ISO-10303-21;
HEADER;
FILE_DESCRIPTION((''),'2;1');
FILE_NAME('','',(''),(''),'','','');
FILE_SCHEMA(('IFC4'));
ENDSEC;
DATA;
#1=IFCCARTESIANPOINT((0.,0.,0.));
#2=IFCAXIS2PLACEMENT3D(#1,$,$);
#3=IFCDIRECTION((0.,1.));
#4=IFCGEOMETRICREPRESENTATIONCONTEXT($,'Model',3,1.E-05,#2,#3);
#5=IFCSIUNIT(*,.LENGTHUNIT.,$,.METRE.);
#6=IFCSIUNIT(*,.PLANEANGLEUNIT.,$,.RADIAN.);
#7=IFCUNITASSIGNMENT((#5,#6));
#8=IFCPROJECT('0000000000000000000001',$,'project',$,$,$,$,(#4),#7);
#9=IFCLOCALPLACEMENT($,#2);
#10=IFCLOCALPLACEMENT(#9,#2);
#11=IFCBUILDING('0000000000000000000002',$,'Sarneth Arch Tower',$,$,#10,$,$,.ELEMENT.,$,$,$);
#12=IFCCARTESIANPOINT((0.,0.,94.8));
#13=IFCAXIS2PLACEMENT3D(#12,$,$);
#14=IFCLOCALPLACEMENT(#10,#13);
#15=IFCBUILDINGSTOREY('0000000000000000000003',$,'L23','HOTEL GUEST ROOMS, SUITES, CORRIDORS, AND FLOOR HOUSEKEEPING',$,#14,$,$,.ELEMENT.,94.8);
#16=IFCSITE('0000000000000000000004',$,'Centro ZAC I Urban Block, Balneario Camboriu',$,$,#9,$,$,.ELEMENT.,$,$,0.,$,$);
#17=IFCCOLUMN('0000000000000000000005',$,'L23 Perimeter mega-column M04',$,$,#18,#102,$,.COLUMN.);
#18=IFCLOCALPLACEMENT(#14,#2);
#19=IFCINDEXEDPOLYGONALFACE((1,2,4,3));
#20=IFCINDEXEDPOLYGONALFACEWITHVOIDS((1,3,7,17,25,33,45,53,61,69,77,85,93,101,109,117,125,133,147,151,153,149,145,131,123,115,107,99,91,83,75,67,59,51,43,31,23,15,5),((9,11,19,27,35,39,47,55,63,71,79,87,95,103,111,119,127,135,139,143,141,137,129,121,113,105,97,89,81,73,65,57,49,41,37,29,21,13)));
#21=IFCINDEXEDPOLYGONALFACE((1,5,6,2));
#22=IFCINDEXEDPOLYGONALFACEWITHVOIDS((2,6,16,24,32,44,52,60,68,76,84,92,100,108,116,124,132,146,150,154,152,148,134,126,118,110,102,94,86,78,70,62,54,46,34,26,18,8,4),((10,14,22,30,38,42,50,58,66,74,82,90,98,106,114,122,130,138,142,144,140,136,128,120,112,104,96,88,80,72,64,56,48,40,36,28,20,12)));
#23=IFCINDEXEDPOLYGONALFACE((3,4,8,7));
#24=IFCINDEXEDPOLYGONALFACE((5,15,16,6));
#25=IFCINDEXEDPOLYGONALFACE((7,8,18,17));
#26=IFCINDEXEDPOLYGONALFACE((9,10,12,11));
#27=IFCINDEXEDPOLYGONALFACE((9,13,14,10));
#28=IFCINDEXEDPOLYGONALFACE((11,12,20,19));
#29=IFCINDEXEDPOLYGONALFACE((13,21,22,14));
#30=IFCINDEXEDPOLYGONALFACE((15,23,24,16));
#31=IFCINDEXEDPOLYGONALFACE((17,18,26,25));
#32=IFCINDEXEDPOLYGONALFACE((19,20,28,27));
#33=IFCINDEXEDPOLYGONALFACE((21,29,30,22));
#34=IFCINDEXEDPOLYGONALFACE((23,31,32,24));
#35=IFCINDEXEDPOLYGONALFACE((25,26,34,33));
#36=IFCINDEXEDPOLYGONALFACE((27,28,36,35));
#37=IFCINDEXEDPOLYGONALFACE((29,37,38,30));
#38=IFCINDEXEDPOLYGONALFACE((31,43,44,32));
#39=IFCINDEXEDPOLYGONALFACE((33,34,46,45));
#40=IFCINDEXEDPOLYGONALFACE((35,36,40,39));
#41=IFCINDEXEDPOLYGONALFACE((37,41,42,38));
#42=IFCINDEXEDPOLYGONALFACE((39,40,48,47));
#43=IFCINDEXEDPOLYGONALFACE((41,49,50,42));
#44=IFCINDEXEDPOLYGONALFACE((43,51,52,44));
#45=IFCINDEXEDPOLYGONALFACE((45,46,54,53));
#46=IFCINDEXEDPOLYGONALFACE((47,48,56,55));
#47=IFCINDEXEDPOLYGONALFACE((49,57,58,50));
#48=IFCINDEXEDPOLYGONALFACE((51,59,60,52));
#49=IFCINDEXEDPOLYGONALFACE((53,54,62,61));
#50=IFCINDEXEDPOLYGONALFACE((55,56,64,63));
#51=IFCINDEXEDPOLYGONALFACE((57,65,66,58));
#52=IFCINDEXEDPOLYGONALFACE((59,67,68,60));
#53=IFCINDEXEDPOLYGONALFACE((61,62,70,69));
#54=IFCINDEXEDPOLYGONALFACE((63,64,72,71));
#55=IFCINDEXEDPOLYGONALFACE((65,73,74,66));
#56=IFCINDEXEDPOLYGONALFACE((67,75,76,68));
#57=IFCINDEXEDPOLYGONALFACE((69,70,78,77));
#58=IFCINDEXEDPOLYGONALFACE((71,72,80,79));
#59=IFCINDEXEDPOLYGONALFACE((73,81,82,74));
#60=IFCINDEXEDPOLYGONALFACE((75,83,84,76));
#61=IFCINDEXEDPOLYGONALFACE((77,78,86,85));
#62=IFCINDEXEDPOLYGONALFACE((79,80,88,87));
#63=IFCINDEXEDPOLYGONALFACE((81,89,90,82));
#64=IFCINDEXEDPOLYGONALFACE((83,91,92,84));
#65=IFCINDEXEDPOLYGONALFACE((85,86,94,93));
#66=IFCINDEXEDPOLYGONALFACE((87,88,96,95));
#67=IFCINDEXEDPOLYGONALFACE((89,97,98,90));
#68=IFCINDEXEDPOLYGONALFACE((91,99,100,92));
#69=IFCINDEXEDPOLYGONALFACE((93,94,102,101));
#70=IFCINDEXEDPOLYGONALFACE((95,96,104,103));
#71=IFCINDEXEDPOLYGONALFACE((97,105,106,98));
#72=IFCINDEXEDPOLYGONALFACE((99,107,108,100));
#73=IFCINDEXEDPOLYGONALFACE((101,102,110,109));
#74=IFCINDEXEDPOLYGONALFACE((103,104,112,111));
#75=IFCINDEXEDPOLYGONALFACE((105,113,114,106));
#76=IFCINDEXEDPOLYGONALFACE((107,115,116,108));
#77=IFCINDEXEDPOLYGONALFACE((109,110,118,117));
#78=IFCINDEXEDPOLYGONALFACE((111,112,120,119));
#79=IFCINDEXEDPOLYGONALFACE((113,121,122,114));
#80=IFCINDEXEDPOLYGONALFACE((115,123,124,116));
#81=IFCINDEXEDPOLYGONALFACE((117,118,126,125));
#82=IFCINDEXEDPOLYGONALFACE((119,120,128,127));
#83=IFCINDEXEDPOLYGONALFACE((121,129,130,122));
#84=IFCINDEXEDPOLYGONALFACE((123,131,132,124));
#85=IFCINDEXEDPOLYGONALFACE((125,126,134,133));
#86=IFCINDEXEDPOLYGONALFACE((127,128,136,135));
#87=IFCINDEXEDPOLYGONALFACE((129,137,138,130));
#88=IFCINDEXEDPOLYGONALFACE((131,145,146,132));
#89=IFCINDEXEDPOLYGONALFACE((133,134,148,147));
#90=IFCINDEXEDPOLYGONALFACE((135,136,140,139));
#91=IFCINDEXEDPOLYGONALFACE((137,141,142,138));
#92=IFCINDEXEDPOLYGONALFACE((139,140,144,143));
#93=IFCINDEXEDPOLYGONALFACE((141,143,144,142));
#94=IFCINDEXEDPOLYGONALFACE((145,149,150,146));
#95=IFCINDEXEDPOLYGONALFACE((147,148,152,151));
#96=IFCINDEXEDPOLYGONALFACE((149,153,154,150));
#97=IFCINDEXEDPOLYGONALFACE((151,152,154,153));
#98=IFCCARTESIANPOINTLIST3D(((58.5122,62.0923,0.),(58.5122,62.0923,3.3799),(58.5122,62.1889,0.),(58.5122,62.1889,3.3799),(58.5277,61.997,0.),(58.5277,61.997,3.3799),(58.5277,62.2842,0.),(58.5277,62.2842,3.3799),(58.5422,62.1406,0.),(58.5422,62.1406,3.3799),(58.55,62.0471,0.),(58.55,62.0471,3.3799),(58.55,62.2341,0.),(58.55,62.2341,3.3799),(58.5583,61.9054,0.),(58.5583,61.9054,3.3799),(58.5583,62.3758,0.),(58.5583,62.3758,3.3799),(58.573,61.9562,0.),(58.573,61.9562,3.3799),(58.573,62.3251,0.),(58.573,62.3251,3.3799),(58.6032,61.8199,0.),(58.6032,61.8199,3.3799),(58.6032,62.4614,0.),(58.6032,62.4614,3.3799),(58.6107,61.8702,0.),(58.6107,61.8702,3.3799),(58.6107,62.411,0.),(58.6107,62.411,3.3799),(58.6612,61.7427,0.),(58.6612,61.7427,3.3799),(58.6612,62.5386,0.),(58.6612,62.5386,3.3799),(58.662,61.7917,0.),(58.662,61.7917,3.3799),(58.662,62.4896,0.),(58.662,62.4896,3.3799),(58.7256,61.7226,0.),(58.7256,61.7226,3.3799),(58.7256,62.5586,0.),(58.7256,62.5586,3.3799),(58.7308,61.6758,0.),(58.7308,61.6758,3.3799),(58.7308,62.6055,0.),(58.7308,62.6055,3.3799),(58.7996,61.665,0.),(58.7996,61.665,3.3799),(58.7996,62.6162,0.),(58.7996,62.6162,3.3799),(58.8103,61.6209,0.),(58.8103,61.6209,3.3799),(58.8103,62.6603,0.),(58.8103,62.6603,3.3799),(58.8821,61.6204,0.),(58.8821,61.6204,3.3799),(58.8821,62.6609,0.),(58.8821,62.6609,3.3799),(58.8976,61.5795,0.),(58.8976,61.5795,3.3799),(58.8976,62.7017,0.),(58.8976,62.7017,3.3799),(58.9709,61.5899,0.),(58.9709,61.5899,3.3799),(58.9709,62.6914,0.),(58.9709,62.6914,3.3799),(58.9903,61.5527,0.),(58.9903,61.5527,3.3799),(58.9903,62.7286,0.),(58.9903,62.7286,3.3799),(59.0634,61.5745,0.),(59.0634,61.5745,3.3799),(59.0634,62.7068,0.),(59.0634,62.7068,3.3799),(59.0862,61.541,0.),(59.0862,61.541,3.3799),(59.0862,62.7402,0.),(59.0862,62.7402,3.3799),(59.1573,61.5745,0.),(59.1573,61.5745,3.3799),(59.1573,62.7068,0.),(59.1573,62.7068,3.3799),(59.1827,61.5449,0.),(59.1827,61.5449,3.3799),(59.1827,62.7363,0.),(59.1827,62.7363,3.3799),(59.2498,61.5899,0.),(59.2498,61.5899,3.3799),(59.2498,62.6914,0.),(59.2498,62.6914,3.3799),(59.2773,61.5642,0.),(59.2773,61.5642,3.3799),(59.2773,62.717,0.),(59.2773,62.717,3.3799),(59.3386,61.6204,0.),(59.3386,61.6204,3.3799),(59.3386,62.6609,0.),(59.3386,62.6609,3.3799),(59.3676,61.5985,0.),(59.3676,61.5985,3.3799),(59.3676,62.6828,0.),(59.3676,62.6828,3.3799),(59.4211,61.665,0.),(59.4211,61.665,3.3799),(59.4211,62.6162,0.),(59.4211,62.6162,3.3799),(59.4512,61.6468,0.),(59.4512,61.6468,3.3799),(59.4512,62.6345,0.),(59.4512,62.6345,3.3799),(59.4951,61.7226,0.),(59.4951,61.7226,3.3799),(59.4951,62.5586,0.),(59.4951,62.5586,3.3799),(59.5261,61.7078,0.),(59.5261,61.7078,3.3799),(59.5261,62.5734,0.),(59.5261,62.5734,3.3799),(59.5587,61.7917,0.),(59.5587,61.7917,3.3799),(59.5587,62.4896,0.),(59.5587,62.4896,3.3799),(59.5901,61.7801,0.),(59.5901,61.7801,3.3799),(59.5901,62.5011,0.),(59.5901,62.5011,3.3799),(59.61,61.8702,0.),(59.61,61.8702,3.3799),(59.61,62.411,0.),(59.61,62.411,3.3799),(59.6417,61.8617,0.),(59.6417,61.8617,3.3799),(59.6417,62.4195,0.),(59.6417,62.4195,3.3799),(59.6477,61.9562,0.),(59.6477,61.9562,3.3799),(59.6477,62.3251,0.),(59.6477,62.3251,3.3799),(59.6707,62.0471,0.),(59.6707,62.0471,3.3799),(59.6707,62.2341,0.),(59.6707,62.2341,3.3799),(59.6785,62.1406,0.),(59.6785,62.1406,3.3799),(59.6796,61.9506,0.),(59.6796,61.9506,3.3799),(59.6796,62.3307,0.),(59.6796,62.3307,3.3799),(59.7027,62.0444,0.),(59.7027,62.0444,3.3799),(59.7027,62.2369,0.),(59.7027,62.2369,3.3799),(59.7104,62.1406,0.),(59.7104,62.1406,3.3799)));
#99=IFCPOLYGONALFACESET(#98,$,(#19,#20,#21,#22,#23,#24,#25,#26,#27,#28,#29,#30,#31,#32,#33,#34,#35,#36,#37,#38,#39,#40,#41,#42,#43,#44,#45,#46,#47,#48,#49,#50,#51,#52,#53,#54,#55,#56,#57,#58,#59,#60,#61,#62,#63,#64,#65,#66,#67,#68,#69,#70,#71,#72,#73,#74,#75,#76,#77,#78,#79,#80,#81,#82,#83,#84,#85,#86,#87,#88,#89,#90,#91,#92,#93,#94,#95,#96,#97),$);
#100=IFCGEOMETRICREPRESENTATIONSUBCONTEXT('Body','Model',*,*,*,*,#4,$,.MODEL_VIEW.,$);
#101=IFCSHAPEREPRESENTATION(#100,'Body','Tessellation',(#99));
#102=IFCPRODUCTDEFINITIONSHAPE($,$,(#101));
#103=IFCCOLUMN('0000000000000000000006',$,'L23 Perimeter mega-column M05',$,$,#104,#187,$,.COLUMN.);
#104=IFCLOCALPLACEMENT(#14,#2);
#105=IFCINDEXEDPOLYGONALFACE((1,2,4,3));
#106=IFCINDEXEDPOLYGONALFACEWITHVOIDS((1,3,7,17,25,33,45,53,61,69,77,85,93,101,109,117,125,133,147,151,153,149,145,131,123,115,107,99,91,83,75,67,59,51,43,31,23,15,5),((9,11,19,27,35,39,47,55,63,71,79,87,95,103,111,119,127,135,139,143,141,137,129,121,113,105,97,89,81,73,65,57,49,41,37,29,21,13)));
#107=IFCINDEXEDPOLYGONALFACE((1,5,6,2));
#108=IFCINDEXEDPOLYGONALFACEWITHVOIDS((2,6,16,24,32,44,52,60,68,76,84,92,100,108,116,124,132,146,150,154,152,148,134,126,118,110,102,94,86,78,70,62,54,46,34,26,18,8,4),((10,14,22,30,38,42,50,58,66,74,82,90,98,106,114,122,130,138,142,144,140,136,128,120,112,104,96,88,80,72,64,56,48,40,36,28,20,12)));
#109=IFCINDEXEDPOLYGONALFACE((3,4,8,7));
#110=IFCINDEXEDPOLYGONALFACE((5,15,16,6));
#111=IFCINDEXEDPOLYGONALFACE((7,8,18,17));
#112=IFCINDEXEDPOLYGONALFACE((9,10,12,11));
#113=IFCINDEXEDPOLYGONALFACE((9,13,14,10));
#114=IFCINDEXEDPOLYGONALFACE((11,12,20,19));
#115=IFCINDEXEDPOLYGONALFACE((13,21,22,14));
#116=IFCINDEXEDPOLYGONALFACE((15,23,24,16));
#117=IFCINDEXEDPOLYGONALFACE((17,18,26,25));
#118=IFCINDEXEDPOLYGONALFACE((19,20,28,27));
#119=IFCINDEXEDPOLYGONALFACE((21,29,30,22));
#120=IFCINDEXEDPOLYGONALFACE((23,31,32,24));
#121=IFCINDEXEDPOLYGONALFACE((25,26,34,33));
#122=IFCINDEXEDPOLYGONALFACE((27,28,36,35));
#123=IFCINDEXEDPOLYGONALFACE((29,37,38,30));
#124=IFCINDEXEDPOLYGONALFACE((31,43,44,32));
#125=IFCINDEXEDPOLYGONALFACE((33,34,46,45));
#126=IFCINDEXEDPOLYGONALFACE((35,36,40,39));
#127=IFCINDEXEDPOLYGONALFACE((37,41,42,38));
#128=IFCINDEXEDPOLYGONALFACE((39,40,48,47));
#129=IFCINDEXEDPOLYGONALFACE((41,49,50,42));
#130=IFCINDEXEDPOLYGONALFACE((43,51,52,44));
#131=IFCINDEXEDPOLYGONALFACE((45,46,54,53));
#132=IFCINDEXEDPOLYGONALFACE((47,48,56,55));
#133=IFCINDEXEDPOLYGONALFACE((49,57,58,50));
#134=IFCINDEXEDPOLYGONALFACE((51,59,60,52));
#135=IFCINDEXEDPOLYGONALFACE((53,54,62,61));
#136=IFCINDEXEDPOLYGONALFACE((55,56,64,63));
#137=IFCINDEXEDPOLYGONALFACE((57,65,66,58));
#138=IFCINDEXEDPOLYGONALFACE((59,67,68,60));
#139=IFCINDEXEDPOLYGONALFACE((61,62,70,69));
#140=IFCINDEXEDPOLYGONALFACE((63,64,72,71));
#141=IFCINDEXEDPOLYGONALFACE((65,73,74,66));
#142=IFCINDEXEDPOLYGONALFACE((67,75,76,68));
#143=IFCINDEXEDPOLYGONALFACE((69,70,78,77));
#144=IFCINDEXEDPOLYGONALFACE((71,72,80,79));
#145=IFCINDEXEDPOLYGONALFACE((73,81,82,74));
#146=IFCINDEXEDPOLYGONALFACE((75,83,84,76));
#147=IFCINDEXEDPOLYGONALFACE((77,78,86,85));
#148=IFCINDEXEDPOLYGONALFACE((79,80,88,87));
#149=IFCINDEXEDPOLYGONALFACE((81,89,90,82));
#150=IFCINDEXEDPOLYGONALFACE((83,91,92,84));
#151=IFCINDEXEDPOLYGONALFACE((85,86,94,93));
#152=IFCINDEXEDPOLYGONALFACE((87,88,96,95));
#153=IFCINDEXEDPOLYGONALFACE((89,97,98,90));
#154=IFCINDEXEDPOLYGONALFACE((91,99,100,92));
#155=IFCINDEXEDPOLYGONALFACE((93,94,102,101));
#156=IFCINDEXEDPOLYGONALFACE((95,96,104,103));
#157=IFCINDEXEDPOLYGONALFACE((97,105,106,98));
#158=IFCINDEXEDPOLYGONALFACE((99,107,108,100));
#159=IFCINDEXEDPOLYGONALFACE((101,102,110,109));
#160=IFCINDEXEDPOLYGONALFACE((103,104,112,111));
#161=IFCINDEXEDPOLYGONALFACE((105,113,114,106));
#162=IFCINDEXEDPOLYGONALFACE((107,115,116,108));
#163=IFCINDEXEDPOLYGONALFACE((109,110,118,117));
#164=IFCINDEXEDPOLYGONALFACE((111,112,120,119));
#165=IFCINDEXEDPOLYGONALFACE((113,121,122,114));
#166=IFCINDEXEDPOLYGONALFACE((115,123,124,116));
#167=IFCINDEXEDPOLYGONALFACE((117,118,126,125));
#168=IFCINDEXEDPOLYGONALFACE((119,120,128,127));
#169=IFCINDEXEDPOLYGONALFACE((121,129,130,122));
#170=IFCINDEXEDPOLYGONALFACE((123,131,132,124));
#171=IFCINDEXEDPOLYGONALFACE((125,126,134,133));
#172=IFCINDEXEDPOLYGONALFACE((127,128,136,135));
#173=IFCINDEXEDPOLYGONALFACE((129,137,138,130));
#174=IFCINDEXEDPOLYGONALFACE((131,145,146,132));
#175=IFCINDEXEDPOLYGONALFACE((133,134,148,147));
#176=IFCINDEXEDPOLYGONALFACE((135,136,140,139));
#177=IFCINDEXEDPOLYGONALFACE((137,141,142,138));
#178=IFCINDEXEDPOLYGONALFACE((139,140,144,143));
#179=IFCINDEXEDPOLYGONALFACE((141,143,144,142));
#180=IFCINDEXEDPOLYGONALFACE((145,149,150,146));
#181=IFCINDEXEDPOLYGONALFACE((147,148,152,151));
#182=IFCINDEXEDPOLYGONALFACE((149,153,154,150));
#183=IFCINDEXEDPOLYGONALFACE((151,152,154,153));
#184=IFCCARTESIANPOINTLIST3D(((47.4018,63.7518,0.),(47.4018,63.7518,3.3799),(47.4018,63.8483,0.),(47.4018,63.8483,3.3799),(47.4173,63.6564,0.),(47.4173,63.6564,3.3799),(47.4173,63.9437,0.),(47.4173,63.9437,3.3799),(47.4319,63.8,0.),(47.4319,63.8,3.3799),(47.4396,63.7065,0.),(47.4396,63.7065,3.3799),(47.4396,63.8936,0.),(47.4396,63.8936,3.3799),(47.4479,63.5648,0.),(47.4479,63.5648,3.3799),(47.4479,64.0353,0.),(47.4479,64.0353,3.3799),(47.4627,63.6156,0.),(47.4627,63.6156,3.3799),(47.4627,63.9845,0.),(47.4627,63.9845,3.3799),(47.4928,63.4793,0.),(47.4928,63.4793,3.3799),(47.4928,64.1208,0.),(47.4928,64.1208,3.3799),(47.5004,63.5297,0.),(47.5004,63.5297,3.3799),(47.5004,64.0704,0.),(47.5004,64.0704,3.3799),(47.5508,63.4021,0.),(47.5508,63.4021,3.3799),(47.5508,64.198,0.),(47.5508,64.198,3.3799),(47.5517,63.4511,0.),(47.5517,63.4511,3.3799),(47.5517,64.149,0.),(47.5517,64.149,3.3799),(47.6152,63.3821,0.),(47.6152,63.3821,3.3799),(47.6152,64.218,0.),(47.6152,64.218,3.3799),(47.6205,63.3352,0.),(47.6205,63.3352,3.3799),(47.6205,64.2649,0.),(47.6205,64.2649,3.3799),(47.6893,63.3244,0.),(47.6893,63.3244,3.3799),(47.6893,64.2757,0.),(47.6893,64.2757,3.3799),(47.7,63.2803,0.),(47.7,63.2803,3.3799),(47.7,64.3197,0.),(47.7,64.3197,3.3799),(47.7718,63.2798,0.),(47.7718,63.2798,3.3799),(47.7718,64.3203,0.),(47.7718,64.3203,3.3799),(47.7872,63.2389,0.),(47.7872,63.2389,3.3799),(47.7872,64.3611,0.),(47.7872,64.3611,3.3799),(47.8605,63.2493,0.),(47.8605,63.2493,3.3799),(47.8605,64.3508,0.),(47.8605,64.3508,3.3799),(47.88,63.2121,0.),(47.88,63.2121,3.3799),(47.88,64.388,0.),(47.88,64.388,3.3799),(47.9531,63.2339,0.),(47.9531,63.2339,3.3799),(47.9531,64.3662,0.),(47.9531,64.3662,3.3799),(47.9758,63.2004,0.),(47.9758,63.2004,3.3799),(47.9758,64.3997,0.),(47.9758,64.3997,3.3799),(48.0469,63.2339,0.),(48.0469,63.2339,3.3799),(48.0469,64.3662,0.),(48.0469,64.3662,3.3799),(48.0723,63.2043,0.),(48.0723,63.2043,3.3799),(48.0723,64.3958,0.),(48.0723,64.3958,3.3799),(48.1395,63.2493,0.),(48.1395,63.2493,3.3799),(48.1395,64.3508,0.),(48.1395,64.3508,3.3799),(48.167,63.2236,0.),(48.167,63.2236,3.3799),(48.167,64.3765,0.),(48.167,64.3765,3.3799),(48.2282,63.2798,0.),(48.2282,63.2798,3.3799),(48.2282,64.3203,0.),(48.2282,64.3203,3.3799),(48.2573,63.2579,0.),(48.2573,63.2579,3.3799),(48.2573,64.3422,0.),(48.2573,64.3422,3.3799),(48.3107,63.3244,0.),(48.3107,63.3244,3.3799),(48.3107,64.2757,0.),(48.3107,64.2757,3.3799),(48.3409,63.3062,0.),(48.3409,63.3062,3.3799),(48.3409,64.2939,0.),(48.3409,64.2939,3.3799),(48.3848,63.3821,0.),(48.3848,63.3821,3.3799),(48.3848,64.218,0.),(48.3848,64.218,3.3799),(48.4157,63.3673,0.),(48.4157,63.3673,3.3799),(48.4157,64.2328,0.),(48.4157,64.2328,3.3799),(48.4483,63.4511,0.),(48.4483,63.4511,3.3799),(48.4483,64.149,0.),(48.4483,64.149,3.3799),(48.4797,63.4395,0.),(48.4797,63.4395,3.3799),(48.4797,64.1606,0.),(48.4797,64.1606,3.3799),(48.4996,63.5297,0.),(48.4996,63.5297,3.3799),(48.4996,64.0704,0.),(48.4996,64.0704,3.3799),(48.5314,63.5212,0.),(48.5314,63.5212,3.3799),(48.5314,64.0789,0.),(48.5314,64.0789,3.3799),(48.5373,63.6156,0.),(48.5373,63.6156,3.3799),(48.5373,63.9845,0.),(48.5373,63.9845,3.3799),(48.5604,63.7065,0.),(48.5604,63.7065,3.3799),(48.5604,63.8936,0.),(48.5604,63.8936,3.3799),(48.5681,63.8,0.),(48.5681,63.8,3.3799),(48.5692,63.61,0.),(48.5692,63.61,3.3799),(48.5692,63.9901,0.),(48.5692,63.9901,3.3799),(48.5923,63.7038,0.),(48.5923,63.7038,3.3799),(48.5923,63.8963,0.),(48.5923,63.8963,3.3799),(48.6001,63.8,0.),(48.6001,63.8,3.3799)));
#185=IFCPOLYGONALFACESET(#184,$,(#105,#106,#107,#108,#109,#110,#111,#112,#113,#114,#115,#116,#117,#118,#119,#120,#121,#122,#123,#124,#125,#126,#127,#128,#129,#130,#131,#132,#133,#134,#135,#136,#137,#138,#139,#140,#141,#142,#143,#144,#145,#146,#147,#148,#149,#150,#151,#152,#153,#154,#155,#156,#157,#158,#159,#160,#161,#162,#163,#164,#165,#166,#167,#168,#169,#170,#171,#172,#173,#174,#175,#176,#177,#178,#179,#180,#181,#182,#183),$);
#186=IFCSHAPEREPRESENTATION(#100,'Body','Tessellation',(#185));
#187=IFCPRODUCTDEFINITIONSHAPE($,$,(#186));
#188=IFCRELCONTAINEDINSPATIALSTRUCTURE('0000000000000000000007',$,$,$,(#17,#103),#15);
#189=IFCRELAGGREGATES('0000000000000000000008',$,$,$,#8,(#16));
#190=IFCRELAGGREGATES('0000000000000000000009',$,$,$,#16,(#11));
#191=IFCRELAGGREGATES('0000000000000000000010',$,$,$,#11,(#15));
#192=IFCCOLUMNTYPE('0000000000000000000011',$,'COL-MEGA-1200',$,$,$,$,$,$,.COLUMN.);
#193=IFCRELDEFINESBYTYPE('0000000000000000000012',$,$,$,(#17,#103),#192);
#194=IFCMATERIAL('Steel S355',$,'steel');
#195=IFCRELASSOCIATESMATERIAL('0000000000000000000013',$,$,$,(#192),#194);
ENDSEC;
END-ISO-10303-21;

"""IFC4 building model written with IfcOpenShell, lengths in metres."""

from ifc_helpers import new_model, si_unit, direction, frame, origin, origin_2d, place, context, subcontext, project, spatial, hollow_circle, extrude, material, material_profile, profile_set, type_object, element, save


model = new_model("IFC4")

# Units and contexts
model_context = context("Model", 3, precision=1e-05, world=origin(), true_north=direction((0.0, 1.0)))
body_context = subcontext(model_context, "Body", "Model", "MODEL_VIEW")
ifc_project = project(units=[si_unit("LENGTHUNIT", "METRE"), si_unit("PLANEANGLEUNIT", "RADIAN")], contexts=[model_context])

# Site, building, storey
site_placement = place(None, origin())
site = spatial("IfcSite", under=ifc_project, at=site_placement, Name="Centro ZAC I Urban Block, Balneario Camboriu", CompositionType="ELEMENT", RefElevation=0.0)
building_placement = place(site_placement, origin())
building = spatial("IfcBuilding", under=site, at=building_placement, Name="Sarneth Arch Tower", CompositionType="ELEMENT")
storey_placement = place(building_placement, frame((0.0, 0.0, 94.8)))
storey = spatial("IfcBuildingStorey", under=building, at=storey_placement, Name="L23", Description="HOTEL GUEST ROOMS, SUITES, CORRIDORS, AND FLOOR HOUSEKEEPING", CompositionType="ELEMENT", Elevation=94.8)

# Columns
ifc_material_1 = material(Name="Steel S355", Category="steel")
ifc_material_profile_1 = material_profile(ifc_material_1, hollow_circle(Radius=0.6001, WallThickness=0.032, at=origin_2d()), Name="CHS1200x32")
ifc_profile_set_1 = profile_set([ifc_material_profile_1], Name="Steel S355")
column_type = type_object("IfcColumnType", Name="COL-MEGA-1200", PredefinedType="COLUMN", material=ifc_profile_set_1)
for number, where, z_axis, x_axis, name in (
    (1, (59.1104, 62.1406, 0.0), (0.0, 0.0, 1.0), (1.0, 0.0, 0.0), "L23 Perimeter mega-column M04"),
    (2, (48.0, 63.8, 0.0), (0.0, 0.0, 1.0), (1.0, 0.0, 0.0), "L23 Perimeter mega-column M05"),
):
    element("IfcColumn", number, at=place(storey_placement, frame(where, z_axis=z_axis, x_axis=x_axis)), inside=storey, type_object=column_type, Name=name, PredefinedType="COLUMN", context=body_context, shape_type="SweptSolid", body=[
        extrude(hollow_circle(Radius=0.6001, WallThickness=0.032, at=origin_2d()), origin(), (0.0, 0.0, 1.0), 3.3799),
    ])

save(model, "model.ifc")
